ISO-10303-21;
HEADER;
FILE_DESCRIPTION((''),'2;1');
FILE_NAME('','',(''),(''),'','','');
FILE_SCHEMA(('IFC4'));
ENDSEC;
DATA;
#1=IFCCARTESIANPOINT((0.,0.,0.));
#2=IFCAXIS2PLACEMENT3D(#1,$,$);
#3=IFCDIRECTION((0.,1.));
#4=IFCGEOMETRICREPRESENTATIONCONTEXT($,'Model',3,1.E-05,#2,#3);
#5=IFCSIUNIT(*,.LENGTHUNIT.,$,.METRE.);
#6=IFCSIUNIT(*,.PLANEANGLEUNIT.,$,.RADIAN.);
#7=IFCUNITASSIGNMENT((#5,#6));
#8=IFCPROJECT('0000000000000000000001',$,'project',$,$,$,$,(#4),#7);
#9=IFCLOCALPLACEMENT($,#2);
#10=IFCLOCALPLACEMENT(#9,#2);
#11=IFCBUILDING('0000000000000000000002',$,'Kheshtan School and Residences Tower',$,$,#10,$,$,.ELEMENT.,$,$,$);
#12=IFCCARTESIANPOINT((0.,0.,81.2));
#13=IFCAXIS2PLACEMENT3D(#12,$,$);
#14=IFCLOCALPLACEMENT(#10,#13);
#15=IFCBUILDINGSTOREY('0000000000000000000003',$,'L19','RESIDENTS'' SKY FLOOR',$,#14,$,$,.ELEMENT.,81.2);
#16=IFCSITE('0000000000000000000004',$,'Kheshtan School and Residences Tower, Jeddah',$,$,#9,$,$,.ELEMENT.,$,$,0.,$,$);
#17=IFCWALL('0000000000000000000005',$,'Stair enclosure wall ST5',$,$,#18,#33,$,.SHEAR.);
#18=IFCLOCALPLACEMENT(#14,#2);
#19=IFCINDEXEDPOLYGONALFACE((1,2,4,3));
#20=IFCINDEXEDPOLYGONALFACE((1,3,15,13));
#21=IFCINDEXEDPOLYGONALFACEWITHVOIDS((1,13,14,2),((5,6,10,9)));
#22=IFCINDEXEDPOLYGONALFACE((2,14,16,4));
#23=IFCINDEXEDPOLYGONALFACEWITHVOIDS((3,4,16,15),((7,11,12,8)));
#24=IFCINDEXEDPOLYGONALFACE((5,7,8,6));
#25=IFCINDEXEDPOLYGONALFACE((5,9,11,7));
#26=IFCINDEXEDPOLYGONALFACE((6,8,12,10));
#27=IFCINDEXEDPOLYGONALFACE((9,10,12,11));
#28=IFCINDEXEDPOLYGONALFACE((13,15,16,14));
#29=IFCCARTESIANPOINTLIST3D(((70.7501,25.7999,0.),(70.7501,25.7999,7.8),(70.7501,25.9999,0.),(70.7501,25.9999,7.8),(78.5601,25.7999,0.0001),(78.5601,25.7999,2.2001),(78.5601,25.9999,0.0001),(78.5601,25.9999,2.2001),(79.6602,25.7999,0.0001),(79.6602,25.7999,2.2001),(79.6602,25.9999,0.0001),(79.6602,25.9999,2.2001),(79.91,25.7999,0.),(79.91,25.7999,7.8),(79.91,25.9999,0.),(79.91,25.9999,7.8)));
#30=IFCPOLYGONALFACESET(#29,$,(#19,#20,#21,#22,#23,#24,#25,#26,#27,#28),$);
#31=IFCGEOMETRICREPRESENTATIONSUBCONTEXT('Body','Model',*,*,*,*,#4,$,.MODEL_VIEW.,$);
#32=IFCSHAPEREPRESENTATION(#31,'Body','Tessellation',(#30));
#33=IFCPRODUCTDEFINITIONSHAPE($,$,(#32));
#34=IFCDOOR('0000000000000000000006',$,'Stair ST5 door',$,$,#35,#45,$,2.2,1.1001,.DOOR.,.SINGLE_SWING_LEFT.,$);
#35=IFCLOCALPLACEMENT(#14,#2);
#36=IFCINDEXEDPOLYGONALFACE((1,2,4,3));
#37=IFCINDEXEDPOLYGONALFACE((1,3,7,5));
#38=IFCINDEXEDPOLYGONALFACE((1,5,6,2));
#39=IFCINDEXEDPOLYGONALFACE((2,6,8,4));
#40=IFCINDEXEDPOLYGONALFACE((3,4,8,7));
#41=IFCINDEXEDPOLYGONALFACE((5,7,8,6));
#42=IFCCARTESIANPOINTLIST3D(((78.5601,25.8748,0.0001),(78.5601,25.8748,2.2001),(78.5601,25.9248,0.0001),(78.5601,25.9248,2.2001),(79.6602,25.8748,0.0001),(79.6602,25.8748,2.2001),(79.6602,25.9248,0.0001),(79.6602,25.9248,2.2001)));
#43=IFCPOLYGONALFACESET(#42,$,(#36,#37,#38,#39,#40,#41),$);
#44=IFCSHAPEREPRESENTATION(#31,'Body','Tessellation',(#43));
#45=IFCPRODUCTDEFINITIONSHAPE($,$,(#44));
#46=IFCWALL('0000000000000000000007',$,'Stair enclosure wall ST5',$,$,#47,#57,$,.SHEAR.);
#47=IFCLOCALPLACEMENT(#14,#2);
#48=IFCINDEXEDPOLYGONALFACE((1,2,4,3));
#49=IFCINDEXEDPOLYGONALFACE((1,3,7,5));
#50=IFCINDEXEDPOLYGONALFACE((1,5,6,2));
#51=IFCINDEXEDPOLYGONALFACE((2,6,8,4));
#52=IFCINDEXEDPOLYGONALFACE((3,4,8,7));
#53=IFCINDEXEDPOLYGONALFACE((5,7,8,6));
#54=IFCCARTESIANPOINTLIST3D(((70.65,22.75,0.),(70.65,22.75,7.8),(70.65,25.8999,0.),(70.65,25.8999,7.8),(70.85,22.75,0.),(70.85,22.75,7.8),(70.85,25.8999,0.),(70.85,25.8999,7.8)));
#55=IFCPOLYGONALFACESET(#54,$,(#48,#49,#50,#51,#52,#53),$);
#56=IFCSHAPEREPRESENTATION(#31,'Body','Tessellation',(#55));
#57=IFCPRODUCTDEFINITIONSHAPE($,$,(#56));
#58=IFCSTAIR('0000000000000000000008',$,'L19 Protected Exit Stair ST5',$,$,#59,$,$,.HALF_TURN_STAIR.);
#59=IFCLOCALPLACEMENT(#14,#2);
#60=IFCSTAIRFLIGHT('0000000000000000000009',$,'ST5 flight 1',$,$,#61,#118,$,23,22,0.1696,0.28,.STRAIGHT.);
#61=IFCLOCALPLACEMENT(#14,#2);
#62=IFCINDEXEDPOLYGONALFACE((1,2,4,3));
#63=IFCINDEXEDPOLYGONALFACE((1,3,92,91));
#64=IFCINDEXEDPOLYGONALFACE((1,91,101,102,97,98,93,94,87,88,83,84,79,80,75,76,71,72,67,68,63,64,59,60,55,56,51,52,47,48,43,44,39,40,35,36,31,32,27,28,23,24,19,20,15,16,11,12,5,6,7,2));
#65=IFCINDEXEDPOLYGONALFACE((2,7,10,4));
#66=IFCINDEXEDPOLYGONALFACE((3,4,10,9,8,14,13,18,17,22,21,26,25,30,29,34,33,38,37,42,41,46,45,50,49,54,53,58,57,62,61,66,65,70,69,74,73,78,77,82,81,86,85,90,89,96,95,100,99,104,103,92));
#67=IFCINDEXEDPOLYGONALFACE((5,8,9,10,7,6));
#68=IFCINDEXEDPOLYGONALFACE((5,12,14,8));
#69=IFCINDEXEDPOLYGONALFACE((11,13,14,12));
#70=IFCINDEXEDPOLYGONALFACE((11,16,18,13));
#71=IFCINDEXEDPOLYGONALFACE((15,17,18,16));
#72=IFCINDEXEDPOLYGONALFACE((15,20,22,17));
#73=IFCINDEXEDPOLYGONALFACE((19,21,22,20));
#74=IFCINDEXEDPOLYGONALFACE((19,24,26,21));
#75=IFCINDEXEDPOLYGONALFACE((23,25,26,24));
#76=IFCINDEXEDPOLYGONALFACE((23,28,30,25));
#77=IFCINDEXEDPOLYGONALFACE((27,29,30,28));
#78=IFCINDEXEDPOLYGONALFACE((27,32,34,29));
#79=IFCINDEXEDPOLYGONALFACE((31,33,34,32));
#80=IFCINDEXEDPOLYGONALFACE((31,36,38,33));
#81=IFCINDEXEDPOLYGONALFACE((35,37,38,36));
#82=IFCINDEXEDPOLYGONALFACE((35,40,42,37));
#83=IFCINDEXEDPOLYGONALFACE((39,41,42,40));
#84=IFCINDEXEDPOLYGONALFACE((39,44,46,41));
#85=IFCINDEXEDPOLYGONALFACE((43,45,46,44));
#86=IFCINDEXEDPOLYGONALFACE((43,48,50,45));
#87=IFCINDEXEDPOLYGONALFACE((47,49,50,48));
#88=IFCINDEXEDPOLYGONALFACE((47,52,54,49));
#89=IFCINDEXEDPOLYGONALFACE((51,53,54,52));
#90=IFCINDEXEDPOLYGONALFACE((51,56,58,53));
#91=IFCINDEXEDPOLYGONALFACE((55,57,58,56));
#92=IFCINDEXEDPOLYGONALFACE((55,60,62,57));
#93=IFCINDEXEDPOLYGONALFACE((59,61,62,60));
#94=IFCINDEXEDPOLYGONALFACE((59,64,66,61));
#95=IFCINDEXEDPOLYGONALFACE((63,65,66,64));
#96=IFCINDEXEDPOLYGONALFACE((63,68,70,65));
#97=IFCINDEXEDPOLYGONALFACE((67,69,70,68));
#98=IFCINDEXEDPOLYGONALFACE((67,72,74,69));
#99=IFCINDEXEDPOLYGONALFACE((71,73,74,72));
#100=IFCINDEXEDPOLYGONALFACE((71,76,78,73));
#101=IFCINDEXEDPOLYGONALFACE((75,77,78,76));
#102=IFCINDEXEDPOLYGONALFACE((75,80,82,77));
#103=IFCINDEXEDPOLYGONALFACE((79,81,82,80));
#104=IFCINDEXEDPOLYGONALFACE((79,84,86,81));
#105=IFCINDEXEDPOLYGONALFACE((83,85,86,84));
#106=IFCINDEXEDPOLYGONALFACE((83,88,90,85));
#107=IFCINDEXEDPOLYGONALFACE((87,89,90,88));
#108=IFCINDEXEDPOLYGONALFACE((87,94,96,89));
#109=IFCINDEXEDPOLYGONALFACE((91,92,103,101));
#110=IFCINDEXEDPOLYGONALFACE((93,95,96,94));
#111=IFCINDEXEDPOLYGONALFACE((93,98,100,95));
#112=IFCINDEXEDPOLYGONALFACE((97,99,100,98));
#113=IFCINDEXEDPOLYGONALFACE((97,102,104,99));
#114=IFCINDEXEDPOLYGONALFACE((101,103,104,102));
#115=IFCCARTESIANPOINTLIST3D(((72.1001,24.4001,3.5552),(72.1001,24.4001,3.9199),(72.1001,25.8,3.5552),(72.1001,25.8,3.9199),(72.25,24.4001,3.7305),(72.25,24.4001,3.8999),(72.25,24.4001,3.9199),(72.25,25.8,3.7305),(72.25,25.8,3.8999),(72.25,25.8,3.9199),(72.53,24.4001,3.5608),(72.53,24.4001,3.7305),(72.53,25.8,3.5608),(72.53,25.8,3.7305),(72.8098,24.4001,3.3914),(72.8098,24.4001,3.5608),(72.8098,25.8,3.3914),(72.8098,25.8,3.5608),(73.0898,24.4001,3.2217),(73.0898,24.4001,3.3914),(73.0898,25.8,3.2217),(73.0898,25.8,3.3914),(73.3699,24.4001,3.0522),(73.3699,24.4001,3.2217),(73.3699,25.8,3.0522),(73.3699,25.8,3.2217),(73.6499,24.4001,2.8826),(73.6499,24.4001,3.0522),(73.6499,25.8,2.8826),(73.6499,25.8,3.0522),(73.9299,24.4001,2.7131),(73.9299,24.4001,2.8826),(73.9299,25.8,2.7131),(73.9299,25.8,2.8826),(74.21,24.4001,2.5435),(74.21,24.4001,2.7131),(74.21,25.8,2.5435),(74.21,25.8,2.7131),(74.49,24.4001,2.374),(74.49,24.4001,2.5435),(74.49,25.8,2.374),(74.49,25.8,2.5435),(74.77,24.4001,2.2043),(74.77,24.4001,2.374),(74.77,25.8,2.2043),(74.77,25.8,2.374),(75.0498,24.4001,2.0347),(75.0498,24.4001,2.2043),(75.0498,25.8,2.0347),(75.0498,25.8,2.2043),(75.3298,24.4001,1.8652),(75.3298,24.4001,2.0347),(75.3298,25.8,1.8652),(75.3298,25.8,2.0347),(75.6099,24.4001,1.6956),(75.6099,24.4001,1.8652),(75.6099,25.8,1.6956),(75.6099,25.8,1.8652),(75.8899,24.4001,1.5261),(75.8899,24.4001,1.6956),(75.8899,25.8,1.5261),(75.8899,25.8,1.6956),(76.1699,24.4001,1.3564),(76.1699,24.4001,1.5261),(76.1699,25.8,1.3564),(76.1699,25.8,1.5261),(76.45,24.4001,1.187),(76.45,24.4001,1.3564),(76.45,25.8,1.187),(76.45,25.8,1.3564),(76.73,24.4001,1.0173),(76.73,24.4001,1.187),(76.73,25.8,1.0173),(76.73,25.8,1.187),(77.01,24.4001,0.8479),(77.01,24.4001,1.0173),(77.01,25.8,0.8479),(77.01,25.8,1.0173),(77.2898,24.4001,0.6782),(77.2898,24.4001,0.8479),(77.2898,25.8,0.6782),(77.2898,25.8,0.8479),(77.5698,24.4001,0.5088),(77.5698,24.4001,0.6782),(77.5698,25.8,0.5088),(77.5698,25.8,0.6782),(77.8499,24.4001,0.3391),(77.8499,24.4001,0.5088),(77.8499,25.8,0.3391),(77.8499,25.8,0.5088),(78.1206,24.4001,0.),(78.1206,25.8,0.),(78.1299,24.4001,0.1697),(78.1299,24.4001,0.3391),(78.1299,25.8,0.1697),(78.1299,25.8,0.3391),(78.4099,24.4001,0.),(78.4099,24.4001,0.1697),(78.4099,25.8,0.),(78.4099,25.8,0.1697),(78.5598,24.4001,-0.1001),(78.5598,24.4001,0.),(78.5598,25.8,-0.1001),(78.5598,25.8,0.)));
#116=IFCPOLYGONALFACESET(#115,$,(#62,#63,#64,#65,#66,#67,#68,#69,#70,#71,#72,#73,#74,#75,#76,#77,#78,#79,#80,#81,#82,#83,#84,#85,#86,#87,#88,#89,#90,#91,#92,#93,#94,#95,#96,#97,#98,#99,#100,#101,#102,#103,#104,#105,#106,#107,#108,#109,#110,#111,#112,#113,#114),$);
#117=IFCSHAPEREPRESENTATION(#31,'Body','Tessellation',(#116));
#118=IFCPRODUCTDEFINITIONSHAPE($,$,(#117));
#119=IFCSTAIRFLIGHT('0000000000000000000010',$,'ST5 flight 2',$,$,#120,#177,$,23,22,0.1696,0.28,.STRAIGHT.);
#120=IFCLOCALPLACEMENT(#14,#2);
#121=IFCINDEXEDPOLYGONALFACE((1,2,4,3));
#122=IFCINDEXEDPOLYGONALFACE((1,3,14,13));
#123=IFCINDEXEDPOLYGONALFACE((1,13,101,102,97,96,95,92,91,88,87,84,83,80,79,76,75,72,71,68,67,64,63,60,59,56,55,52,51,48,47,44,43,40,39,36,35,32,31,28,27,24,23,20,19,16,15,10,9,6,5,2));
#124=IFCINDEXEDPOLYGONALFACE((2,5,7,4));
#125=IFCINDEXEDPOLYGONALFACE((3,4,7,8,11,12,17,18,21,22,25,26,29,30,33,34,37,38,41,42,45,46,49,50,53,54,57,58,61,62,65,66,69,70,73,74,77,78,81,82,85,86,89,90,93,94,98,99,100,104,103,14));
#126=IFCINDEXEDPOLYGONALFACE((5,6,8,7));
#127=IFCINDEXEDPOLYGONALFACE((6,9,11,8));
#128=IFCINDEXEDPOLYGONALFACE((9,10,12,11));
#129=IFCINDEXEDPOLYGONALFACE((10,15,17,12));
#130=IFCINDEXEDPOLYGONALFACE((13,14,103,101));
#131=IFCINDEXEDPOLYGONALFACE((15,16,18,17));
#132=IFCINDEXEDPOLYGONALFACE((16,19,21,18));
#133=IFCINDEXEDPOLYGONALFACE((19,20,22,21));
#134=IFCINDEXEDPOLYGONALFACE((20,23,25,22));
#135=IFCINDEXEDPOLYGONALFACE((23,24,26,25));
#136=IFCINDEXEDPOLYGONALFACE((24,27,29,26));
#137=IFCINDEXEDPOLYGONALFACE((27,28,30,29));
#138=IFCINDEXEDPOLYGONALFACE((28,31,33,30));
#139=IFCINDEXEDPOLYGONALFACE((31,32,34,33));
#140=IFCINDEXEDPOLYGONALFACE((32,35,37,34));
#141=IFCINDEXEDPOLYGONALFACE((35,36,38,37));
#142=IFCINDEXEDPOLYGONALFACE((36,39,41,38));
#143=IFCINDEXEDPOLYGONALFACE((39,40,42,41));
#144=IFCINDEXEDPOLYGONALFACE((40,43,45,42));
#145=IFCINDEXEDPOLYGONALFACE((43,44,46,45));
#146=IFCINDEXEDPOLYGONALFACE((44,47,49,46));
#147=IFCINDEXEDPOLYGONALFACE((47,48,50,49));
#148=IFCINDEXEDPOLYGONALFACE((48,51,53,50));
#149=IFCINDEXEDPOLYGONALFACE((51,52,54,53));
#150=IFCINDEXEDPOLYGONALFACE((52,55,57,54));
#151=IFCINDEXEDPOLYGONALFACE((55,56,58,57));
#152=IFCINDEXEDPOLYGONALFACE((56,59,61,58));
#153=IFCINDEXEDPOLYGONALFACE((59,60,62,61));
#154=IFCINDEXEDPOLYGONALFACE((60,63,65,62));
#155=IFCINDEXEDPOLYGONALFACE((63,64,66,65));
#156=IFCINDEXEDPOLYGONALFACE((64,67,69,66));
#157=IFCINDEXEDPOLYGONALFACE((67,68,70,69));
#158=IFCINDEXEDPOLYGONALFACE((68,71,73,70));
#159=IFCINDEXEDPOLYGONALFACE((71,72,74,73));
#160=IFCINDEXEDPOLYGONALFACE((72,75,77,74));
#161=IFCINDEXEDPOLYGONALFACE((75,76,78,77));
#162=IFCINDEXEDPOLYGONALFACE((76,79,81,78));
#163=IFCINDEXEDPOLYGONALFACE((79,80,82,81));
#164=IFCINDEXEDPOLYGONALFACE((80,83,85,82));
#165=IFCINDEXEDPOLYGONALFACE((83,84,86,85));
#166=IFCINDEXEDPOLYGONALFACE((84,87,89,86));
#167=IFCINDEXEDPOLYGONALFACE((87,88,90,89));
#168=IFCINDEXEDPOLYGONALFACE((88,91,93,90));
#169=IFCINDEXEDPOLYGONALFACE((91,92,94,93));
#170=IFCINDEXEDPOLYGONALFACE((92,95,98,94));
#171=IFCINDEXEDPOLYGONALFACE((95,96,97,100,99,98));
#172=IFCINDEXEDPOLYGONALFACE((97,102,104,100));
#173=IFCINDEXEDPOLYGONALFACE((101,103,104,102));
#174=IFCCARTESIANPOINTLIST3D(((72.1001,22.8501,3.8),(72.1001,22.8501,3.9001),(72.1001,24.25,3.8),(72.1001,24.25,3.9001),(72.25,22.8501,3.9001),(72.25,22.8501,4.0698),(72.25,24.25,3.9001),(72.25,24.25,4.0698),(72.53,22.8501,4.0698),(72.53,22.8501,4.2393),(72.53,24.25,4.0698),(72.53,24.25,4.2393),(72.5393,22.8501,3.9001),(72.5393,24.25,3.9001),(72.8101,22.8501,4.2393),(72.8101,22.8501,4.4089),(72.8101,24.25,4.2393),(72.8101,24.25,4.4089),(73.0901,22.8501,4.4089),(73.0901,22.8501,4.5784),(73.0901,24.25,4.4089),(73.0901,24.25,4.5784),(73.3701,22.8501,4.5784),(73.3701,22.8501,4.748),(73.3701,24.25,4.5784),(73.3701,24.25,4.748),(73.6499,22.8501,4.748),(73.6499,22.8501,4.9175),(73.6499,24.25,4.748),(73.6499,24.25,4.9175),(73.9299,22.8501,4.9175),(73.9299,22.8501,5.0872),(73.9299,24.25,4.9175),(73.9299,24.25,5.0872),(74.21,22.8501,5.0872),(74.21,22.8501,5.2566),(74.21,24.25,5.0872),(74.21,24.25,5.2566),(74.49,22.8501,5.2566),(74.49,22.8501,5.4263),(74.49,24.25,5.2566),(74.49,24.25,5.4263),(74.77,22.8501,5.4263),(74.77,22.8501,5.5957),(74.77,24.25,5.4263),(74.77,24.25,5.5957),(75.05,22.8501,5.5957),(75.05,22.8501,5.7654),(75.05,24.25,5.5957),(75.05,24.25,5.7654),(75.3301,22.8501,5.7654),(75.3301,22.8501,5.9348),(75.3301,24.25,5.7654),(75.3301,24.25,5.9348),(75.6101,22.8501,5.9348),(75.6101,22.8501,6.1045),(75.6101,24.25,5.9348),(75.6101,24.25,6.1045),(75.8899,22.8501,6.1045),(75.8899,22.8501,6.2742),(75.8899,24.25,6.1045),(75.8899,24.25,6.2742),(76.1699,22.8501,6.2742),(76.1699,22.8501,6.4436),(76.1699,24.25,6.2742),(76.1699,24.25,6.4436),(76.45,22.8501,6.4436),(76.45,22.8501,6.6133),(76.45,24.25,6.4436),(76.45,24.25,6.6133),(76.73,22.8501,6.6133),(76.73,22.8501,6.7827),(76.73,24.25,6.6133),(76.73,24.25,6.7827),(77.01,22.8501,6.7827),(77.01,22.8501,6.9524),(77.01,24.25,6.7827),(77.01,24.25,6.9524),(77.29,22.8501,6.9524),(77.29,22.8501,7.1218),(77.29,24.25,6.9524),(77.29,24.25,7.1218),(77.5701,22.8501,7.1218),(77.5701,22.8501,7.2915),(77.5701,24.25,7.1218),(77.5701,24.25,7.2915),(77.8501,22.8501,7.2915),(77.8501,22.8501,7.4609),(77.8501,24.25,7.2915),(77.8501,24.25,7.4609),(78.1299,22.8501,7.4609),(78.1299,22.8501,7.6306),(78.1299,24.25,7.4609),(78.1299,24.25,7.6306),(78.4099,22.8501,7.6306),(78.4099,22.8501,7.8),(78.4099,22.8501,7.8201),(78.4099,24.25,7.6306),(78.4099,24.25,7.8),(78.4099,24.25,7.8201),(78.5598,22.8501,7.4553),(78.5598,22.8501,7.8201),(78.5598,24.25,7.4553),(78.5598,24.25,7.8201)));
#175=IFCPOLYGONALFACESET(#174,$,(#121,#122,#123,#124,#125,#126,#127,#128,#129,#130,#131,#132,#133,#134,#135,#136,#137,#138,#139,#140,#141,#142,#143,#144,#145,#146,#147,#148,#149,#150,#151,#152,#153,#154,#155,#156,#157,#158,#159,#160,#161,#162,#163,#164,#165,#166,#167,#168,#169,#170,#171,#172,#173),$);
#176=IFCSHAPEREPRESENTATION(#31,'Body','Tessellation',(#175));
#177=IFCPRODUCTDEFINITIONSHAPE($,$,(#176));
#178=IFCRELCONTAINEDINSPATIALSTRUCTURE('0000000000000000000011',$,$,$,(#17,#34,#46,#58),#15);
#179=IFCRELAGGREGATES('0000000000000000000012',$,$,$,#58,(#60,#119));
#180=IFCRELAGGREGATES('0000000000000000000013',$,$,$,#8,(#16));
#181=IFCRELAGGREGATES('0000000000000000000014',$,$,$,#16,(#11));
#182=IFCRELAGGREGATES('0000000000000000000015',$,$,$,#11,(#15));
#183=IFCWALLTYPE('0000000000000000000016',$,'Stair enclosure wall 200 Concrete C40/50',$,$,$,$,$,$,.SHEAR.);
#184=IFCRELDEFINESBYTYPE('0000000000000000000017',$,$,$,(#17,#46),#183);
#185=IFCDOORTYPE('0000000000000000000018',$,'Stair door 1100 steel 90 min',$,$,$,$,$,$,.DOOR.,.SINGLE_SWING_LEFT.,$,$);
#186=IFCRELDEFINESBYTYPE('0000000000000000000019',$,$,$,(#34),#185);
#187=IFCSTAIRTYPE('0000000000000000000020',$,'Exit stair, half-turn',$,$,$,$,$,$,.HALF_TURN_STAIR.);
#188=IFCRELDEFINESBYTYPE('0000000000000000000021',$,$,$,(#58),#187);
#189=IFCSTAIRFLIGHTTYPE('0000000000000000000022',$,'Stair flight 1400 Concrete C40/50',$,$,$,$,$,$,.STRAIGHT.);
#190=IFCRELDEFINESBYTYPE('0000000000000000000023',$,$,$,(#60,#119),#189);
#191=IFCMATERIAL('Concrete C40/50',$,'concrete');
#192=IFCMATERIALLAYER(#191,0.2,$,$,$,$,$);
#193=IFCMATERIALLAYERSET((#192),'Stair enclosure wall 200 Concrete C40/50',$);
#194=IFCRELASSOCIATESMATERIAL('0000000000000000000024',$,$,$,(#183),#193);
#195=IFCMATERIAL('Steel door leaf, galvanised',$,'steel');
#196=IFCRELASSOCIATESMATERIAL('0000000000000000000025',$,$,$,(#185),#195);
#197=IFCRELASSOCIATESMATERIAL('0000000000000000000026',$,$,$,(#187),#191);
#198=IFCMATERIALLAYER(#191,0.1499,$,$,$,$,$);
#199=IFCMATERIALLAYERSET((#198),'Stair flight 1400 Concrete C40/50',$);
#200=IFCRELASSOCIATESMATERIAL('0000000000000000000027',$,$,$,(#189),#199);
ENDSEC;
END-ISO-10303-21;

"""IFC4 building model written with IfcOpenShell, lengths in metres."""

from ifc_helpers import new_model, si_unit, direction, frame, frame_2d, origin, place, context, subcontext, project, spatial, polyline, rectangle, outline, extrude, source, transform, mapped, material, layer, layer_set, type_object, element, fill, aggregate, save


model = new_model("IFC4")

# Units and contexts
model_context = context("Model", 3, precision=1e-05, world=origin(), true_north=direction((0.0, 1.0)))
body_context = subcontext(model_context, "Body", "Model", "MODEL_VIEW")
ifc_project = project(units=[si_unit("LENGTHUNIT", "METRE"), si_unit("PLANEANGLEUNIT", "RADIAN")], contexts=[model_context])

# Site, building, storey
site_placement = place(None, origin())
site = spatial("IfcSite", under=ifc_project, at=site_placement, Name="Kheshtan School and Residences Tower, Jeddah", CompositionType="ELEMENT", RefElevation=0.0)
building_placement = place(site_placement, origin())
building = spatial("IfcBuilding", under=site, at=building_placement, Name="Kheshtan School and Residences Tower", CompositionType="ELEMENT")
storey_placement = place(building_placement, frame((0.0, 0.0, 81.2)))
storey = spatial("IfcBuildingStorey", under=building, at=storey_placement, Name="L19", Description="RESIDENTS' SKY FLOOR", CompositionType="ELEMENT", Elevation=81.2)

# Shared definitions
ifc_material_1 = material(Name="Steel door leaf, galvanised", Category="steel")

# Shared definitions
ifc_material_2 = material(Name="Concrete C40/50", Category="concrete")
ifc_layer_1 = layer(ifc_material_2, 0.2)
ifc_layer_set_1 = layer_set([ifc_layer_1], Name="Stair enclosure wall 200 Concrete C40/50")
wall_type_1 = type_object("IfcWallType", Name="Stair enclosure wall 200 Concrete C40/50", PredefinedType="SHEAR", material=ifc_layer_set_1)

# Wall, opening, door
wall_1_placement = place(storey_placement, frame((70.75, 25.8999, 0.0), z_axis=(0.0, 0.0, 1.0), x_axis=(1.0, 0.0, 0.0)))
wall_1 = element("IfcWall", 1, at=wall_1_placement, inside=storey, type_object=wall_type_1, Name="Stair enclosure wall ST5", PredefinedType="SHEAR", context=body_context, shape_type="SweptSolid", body=[
    extrude(rectangle(XDim=9.1599, YDim=0.2, at=frame_2d((4.5801, 0.0))), origin(), (0.0, 0.0, 1.0), 7.8),
])
opening_1_placement = place(wall_1_placement, frame((7.8101, 0.0, 0.0)))
opening_1 = element("IfcOpeningElement", 2, at=opening_1_placement, cuts=wall_1, PredefinedType="OPENING", context=body_context, shape_type="SweptSolid", body=[
    extrude(rectangle(XDim=1.1001, YDim=2.2, at=frame_2d((0.55, 1.1001))), frame((0.0, 0.1099, 0.0), z_axis=(0.0, -1.0, 0.0), x_axis=(1.0, 0.0, 0.0)), (0.0, 0.0, 1.0), 0.22),
])
door_type_1 = type_object("IfcDoorType", Name="Stair door 1100 steel 90 min", OperationType="SINGLE_SWING_LEFT", PredefinedType="DOOR", material=ifc_material_1)
shared_shape_1 = source(origin(), body_context, "Body", "SweptSolid", [
    extrude(rectangle(XDim=1.1001, YDim=2.2, at=frame_2d((0.55, 1.1001))), frame((0.0, 0.0249, 0.0), z_axis=(0.0, -1.0, 0.0), x_axis=(1.0, 0.0, 0.0)), (0.0, 0.0, 1.0), 0.05),
])
door_1_placement = place(opening_1_placement, origin())
door_1 = element("IfcDoor", 3, at=door_1_placement, inside=storey, type_object=door_type_1, Name="Stair ST5 door", OperationType="SINGLE_SWING_LEFT", OverallHeight=2.2, OverallWidth=1.1001, PredefinedType="DOOR", context=body_context, shape_type="MappedRepresentation", body=[
    mapped(shared_shape_1, transform((0.0, 0.0, 0.0), x_axis=(1.0, 0.0, 0.0), y_axis=(0.0, 1.0, 0.0), z_axis=(0.0, 0.0, 1.0), scale=1.0)),
])
fill(opening_1, door_1)

# Wall
wall_2_placement = place(storey_placement, frame((70.75, 22.75, 0.0), z_axis=(0.0, 0.0, 1.0), x_axis=(0.0, 1.0, 0.0)))
element("IfcWall", 4, at=wall_2_placement, inside=storey, type_object=wall_type_1, Name="Stair enclosure wall ST5", PredefinedType="SHEAR", context=body_context, shape_type="SweptSolid", body=[
    extrude(rectangle(XDim=3.1499, YDim=0.2, at=frame_2d((1.575, 0.0))), origin(), (0.0, 0.0, 1.0), 7.8),
])

# Stair, stair flights
stair_type = type_object("IfcStairType", Name="Exit stair, half-turn", PredefinedType="HALF_TURN_STAIR", material=ifc_material_2)
stair_placement = place(storey_placement, origin())
stair = element("IfcStair", 5, at=stair_placement, inside=storey, type_object=stair_type, Name="L19 Protected Exit Stair ST5", PredefinedType="HALF_TURN_STAIR")
ifc_layer_2 = layer(ifc_material_2, 0.1499)
ifc_layer_set_2 = layer_set([ifc_layer_2], Name="Stair flight 1400 Concrete C40/50")
stair_flight_type = type_object("IfcStairFlightType", Name="Stair flight 1400 Concrete C40/50", PredefinedType="STRAIGHT", material=ifc_layer_set_2)
stair_flight_1_placement = place(storey_placement, frame((78.4099, 25.1001, 0.0), z_axis=(0.0, 0.0, 1.0), x_axis=(-1.0, 0.0, 0.0)))
stair_flight_1 = element("IfcStairFlight", 6, at=stair_flight_1_placement, type_object=stair_flight_type, Name="ST5 flight 1", NumberOfRisers=23, NumberOfTreads=22, PredefinedType="STRAIGHT", RiserHeight=0.1696, TreadLength=0.28, context=body_context, shape_type="SweptSolid", body=[
    extrude(outline(polyline([(-0.1499, -0.1001), (-0.1499, 0.0), (0.0, 0.0), (0.0, 0.1697), (0.28, 0.1697), (0.28, 0.3391), (0.5601, 0.3391), (0.5601, 0.5088), (0.8401, 0.5088), (0.8401, 0.6782), (1.1201, 0.6782), (1.1201, 0.8479), (1.3999, 0.8479), (1.3999, 1.0173), (1.6799, 1.0173), (1.6799, 1.187), (1.96, 1.187), (1.96, 1.3564), (2.24, 1.3564), (2.24, 1.5261), (2.52, 1.5261), (2.52, 1.6956), (2.8, 1.6956), (2.8, 1.8652), (3.0801, 1.8652), (3.0801, 2.0347), (3.3601, 2.0347), (3.3601, 2.2043), (3.6399, 2.2043), (3.6399, 2.374), (3.9199, 2.374), (3.9199, 2.5435), (4.2, 2.5435), (4.2, 2.7131), (4.48, 2.7131), (4.48, 2.8826), (4.76, 2.8826), (4.76, 3.0522), (5.04, 3.0522), (5.04, 3.2217), (5.3201, 3.2217), (5.3201, 3.3914), (5.6001, 3.3914), (5.6001, 3.5608), (5.8799, 3.5608), (5.8799, 3.7305), (6.1599, 3.7305), (6.1599, 3.8999), (6.1599, 3.9199), (6.3098, 3.9199), (6.3098, 3.5552), (0.2893, 0.0), (-0.1499, -0.1001)])), frame((0.0, 0.7, 0.0), z_axis=(0.0, -1.0, 0.0), x_axis=(1.0, 0.0, 0.0)), (0.0, 0.0, 1.0), 1.3999),
])
stair_flight_2_placement = place(storey_placement, frame((72.25, 23.55, 3.9001), z_axis=(0.0, 0.0, 1.0), x_axis=(1.0, 0.0, 0.0)))
stair_flight_2 = element("IfcStairFlight", 7, at=stair_flight_2_placement, type_object=stair_flight_type, Name="ST5 flight 2", NumberOfRisers=23, NumberOfTreads=22, PredefinedType="STRAIGHT", RiserHeight=0.1696, TreadLength=0.28, context=body_context, shape_type="SweptSolid", body=[
    extrude(outline(polyline([(-0.1499, -0.1001), (-0.1499, 0.0), (0.0, 0.0), (0.0, 0.1697), (0.28, 0.1697), (0.28, 0.3391), (0.5601, 0.3391), (0.5601, 0.5088), (0.8401, 0.5088), (0.8401, 0.6782), (1.1201, 0.6782), (1.1201, 0.8479), (1.3999, 0.8479), (1.3999, 1.0173), (1.6799, 1.0173), (1.6799, 1.187), (1.96, 1.187), (1.96, 1.3564), (2.24, 1.3564), (2.24, 1.5261), (2.52, 1.5261), (2.52, 1.6956), (2.8, 1.6956), (2.8, 1.8652), (3.0801, 1.8652), (3.0801, 2.0347), (3.3601, 2.0347), (3.3601, 2.2043), (3.6399, 2.2043), (3.6399, 2.374), (3.9199, 2.374), (3.9199, 2.5435), (4.2, 2.5435), (4.2, 2.7131), (4.48, 2.7131), (4.48, 2.8826), (4.76, 2.8826), (4.76, 3.0522), (5.04, 3.0522), (5.04, 3.2217), (5.3201, 3.2217), (5.3201, 3.3914), (5.6001, 3.3914), (5.6001, 3.5608), (5.8799, 3.5608), (5.8799, 3.7305), (6.1599, 3.7305), (6.1599, 3.8999), (6.1599, 3.9199), (6.3098, 3.9199), (6.3098, 3.5552), (0.2893, 0.0), (-0.1499, -0.1001)])), frame((0.0, 0.7, 0.0), z_axis=(0.0, -1.0, 0.0), x_axis=(1.0, 0.0, 0.0)), (0.0, 0.0, 1.0), 1.3999),
])
aggregate(stair, [stair_flight_1, stair_flight_2])

save(model, "model.ifc")
